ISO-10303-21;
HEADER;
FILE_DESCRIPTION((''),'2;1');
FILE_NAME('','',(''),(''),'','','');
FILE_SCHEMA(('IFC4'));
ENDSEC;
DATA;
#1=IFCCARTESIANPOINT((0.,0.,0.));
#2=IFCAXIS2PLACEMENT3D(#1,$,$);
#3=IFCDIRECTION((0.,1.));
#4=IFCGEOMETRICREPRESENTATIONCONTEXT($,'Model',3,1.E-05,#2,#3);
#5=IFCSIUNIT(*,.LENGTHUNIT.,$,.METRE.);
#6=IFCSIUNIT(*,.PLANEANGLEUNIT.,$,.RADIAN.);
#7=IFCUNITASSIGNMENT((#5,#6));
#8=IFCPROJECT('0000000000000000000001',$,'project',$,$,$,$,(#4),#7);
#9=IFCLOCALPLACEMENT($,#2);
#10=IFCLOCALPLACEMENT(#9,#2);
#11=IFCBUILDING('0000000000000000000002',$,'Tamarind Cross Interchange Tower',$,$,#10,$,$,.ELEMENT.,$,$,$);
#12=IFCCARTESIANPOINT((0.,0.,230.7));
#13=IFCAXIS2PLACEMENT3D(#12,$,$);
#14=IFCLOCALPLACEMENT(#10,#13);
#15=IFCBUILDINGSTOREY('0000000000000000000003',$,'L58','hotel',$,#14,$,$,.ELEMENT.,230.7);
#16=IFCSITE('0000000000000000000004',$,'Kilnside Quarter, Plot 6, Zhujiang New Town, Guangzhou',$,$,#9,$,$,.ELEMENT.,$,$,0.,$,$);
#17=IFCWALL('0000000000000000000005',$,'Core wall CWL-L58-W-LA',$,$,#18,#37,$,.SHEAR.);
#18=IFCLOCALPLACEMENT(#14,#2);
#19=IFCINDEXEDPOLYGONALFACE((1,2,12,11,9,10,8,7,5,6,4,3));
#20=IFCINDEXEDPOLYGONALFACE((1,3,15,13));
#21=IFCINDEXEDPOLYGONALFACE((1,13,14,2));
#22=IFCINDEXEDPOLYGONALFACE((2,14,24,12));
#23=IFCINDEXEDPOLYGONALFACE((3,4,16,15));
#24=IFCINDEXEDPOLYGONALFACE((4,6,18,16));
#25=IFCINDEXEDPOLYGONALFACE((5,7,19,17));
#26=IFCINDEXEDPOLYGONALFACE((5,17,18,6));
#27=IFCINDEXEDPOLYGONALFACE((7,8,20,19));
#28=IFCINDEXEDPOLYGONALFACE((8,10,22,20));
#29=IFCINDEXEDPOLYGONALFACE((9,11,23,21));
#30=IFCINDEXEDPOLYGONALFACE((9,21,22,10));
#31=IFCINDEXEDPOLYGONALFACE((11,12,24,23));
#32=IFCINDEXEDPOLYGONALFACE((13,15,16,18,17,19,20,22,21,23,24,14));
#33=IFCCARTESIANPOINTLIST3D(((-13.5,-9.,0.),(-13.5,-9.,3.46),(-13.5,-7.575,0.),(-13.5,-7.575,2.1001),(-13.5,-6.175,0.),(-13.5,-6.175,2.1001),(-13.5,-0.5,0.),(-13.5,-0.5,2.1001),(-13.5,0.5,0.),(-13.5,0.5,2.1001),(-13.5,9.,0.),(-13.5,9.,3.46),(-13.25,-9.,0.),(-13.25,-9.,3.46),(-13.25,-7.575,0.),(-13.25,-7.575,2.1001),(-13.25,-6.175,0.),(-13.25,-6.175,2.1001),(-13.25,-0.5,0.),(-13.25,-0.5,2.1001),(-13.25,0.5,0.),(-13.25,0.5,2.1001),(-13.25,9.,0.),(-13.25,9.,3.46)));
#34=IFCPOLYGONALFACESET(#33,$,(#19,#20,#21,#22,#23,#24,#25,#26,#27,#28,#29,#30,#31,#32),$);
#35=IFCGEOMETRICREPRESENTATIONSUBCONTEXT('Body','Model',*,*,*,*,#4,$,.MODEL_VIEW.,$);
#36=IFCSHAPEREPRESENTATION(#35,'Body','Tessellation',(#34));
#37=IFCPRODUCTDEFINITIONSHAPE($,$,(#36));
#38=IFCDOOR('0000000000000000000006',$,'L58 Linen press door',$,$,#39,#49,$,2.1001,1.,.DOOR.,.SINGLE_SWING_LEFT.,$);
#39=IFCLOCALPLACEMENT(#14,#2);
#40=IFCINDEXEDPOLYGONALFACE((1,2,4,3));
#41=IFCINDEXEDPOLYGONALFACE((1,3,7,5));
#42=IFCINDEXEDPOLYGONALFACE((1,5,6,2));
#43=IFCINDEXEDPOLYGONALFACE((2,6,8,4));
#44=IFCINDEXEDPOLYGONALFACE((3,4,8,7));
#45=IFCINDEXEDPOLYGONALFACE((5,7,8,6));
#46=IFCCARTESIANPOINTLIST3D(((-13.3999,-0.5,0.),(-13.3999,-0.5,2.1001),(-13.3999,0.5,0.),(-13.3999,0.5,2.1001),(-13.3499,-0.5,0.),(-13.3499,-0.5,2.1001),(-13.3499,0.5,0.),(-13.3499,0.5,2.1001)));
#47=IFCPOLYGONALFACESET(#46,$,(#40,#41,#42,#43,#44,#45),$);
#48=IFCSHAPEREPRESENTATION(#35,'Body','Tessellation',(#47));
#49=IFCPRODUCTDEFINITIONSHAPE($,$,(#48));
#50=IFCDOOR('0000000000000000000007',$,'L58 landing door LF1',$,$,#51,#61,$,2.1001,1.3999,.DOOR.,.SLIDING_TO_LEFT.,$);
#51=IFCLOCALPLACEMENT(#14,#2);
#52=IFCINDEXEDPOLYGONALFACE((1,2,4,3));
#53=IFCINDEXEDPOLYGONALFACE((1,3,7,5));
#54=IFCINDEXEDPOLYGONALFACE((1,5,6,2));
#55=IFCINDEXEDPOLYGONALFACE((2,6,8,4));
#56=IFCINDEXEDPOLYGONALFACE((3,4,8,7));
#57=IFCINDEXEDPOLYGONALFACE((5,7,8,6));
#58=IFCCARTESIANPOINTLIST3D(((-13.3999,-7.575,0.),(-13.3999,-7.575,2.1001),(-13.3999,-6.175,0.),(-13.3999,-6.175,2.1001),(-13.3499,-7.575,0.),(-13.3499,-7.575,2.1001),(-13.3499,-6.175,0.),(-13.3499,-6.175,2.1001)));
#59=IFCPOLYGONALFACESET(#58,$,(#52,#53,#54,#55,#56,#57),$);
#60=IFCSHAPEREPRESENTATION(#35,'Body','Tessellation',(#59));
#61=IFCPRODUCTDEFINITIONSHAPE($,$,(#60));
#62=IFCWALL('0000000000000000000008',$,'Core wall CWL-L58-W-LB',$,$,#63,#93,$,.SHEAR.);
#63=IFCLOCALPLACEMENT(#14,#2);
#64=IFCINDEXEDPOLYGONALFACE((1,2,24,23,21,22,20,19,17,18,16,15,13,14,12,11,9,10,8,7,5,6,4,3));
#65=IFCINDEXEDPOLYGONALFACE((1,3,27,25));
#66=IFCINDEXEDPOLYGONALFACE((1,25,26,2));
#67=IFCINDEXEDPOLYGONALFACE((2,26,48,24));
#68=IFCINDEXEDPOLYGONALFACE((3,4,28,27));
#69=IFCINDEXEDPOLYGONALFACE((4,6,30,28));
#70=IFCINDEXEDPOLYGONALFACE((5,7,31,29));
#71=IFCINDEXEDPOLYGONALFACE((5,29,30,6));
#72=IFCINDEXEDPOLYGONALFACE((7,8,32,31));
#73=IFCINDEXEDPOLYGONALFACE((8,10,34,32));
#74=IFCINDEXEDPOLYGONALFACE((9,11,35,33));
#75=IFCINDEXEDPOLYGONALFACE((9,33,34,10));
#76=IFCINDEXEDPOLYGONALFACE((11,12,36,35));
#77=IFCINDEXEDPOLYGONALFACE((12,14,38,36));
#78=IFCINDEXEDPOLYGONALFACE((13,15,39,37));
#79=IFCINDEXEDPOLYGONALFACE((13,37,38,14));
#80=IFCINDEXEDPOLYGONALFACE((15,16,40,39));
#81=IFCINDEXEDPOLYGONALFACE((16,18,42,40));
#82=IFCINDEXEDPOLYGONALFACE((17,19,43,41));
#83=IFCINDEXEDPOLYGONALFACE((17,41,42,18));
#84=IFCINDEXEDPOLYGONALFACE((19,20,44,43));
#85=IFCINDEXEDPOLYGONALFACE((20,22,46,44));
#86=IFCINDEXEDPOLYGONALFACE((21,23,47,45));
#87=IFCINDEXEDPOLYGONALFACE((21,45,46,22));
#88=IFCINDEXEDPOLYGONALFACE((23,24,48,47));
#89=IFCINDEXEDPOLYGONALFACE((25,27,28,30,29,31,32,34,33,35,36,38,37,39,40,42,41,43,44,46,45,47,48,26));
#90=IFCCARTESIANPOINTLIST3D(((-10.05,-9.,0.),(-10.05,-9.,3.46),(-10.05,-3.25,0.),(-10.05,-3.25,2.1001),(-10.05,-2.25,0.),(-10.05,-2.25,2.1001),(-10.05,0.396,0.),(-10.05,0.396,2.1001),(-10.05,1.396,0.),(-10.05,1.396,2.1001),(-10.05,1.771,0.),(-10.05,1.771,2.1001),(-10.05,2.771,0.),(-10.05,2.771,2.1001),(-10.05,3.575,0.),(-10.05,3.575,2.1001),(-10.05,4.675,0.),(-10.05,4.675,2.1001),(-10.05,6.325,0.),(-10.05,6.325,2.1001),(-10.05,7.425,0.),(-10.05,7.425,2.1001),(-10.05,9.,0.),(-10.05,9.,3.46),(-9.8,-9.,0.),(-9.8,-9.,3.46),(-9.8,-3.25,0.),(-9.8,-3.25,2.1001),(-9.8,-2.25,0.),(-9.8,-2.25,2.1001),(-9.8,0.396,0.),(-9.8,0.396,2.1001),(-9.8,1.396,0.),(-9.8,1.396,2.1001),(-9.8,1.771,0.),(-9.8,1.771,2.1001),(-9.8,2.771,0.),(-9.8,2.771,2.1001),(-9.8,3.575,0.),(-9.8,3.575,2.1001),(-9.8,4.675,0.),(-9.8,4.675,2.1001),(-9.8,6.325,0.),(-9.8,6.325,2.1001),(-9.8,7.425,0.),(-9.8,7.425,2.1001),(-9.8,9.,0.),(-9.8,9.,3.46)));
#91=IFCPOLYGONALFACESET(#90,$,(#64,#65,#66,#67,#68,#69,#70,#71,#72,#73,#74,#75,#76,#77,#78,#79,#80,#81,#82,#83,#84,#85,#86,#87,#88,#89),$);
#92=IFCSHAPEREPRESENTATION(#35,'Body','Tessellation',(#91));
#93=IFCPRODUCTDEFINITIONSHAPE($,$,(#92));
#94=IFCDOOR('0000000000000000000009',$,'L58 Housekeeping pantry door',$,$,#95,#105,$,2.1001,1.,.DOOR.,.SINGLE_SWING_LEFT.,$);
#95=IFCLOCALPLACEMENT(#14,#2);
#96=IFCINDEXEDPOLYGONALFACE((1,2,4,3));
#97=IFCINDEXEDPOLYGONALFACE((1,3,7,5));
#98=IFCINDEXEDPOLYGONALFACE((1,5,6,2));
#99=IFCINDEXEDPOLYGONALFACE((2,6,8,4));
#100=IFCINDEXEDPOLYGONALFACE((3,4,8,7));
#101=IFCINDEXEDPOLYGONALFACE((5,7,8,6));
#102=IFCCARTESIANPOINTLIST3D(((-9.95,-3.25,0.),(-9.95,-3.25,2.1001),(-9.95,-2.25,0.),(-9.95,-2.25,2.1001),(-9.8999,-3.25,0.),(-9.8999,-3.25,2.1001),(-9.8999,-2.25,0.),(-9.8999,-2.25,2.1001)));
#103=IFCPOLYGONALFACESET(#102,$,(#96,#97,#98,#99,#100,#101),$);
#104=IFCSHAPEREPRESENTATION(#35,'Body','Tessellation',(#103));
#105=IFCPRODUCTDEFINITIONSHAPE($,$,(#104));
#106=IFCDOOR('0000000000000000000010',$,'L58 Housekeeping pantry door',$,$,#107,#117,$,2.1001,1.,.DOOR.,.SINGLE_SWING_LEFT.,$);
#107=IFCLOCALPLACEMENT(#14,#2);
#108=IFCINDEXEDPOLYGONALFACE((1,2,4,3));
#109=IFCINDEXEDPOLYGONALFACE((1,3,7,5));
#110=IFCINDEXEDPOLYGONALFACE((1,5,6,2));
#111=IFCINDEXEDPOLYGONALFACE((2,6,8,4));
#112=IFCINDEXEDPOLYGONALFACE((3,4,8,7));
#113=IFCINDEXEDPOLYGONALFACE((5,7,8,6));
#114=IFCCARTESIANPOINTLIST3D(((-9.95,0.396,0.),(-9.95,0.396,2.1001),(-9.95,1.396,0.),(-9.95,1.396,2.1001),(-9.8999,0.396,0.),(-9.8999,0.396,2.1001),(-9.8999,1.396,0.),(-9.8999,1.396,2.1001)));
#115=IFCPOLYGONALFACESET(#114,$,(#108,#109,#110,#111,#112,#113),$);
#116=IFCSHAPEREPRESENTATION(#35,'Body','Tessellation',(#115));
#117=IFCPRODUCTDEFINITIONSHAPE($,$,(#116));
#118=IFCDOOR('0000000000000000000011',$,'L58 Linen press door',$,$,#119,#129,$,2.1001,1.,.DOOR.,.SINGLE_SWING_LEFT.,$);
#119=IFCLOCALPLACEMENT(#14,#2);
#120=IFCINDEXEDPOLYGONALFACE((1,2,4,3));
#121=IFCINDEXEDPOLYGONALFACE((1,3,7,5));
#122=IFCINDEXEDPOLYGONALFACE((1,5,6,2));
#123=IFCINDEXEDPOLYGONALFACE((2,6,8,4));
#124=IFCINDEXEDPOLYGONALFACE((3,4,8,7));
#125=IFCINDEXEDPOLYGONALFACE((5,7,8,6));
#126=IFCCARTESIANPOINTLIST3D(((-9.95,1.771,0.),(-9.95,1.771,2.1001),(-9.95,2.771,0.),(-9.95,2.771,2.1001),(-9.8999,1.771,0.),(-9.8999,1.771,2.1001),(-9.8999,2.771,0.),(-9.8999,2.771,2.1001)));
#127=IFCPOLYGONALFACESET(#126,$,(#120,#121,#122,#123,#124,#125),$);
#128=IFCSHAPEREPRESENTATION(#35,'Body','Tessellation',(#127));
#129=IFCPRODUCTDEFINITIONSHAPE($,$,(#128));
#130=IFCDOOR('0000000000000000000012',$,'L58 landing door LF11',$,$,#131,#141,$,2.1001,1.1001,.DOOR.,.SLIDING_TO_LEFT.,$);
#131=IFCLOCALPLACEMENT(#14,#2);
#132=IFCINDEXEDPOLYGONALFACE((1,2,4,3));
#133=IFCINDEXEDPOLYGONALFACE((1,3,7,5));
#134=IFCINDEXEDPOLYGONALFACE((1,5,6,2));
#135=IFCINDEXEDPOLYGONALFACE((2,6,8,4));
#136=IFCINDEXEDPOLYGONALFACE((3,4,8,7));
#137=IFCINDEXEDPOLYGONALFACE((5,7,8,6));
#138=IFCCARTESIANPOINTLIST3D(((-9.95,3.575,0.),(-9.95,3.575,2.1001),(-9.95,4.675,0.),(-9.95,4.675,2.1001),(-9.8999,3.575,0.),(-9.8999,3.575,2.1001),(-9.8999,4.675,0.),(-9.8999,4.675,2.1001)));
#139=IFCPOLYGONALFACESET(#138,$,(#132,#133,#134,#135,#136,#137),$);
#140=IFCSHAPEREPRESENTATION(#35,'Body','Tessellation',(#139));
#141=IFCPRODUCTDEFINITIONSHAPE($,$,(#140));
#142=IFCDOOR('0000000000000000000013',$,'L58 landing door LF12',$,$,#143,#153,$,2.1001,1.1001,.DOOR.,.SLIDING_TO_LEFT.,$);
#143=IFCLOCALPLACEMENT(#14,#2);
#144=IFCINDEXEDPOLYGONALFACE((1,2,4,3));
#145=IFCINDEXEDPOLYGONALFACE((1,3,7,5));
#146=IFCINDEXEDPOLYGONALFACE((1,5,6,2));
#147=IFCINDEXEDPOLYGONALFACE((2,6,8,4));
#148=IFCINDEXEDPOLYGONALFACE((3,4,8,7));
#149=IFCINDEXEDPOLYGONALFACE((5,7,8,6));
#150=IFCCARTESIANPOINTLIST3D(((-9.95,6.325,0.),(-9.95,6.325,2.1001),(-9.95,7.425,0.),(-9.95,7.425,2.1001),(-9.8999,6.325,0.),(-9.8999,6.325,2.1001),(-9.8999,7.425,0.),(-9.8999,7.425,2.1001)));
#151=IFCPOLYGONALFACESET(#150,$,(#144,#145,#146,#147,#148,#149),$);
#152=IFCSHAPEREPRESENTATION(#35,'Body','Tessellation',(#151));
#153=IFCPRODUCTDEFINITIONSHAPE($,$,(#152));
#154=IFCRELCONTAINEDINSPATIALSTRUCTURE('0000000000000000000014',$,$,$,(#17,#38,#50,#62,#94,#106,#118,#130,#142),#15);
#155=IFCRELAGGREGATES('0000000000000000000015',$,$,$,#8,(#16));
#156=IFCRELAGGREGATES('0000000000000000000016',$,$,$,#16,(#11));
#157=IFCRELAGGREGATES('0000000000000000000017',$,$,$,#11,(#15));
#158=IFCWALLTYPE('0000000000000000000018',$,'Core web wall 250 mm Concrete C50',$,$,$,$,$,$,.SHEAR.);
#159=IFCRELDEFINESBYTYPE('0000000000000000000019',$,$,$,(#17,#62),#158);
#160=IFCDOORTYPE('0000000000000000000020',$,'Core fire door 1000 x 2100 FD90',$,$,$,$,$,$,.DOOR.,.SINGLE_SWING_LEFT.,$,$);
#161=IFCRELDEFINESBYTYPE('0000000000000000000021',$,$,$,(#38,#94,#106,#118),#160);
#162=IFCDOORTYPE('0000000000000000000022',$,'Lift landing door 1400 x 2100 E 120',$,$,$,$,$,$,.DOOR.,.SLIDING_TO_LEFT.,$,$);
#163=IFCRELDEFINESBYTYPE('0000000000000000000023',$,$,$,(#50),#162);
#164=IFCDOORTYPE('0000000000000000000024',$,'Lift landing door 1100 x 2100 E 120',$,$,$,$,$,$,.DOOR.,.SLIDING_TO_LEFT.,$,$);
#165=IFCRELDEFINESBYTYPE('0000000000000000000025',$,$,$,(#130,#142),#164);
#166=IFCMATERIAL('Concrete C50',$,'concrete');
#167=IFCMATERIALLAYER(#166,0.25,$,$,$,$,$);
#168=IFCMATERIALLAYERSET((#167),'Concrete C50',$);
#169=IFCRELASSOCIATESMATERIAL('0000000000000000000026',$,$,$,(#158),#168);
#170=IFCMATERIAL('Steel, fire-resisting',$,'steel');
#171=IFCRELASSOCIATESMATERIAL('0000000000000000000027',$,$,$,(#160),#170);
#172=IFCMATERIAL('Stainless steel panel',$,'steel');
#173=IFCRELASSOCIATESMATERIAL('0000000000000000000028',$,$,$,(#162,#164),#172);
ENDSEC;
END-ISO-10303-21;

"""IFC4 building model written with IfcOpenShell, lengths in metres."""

from ifc_helpers import new_model, si_unit, direction, frame, frame_2d, origin, place, context, subcontext, project, spatial, rectangle, extrude, material, layer, layer_set, type_object, element, fill, save


model = new_model("IFC4")

# Units and contexts
model_context = context("Model", 3, precision=1e-05, world=origin(), true_north=direction((0.0, 1.0)))
body_context = subcontext(model_context, "Body", "Model", "MODEL_VIEW")
ifc_project = project(units=[si_unit("LENGTHUNIT", "METRE"), si_unit("PLANEANGLEUNIT", "RADIAN")], contexts=[model_context])

# Site, building, storey
site_placement = place(None, origin())
site = spatial("IfcSite", under=ifc_project, at=site_placement, Name="Kilnside Quarter, Plot 6, Zhujiang New Town, Guangzhou", CompositionType="ELEMENT", RefElevation=0.0)
building_placement = place(site_placement, origin())
building = spatial("IfcBuilding", under=site, at=building_placement, Name="Tamarind Cross Interchange Tower", CompositionType="ELEMENT")
storey_placement = place(building_placement, frame((0.0, 0.0, 230.7)))
storey = spatial("IfcBuildingStorey", under=building, at=storey_placement, Name="L58", Description="hotel", CompositionType="ELEMENT", Elevation=230.7)

# Shared definitions
ifc_material_1 = material(Name="Concrete C50", Category="concrete")

# Shared definitions
ifc_material_2 = material(Name="Steel, fire-resisting", Category="steel")

# Shared definitions
ifc_layer_1 = layer(ifc_material_1, 0.25)
ifc_layer_set_1 = layer_set([ifc_layer_1], Name="Concrete C50")
wall_type_1 = type_object("IfcWallType", Name="Core web wall 250 mm Concrete C50", PredefinedType="SHEAR", material=ifc_layer_set_1)

# Walls, openings, doors
wall_1_placement = place(storey_placement, frame((-13.375, -9.0, 0.0), z_axis=(0.0, 0.0, 1.0), x_axis=(0.0, 1.0, 0.0)))
wall_1 = element("IfcWall", 1, at=wall_1_placement, inside=storey, type_object=wall_type_1, Name="Core wall CWL-L58-W-LA", PredefinedType="SHEAR", context=body_context, shape_type="SweptSolid", body=[
    extrude(rectangle(XDim=18.0, YDim=0.25, at=frame_2d((9.0, 0.0))), origin(), (0.0, 0.0, 1.0), 3.46),
])
opening_1_placement = place(wall_1_placement, frame((1.425, 0.0, 0.0)))
opening_1 = element("IfcOpeningElement", 2, at=opening_1_placement, cuts=wall_1, PredefinedType="OPENING", context=body_context, shape_type="SweptSolid", body=[
    extrude(rectangle(XDim=1.3999, YDim=2.1001, at=frame_2d((0.7, 1.05))), frame((0.0, 0.135, 0.0), z_axis=(0.0, -1.0, 0.0), x_axis=(1.0, 0.0, 0.0)), (0.0, 0.0, 1.0), 0.27),
])
opening_2_placement = place(wall_1_placement, frame((8.5, 0.0, 0.0)))
opening_2 = element("IfcOpeningElement", 3, at=opening_2_placement, cuts=wall_1, PredefinedType="OPENING", context=body_context, shape_type="SweptSolid", body=[
    extrude(rectangle(XDim=1.0, YDim=2.1001, at=frame_2d((0.5, 1.05))), frame((0.0, 0.135, 0.0), z_axis=(0.0, -1.0, 0.0), x_axis=(1.0, 0.0, 0.0)), (0.0, 0.0, 1.0), 0.27),
])
door_type_1 = type_object("IfcDoorType", Name="Core fire door 1000 x 2100 FD90", OperationType="SINGLE_SWING_LEFT", PredefinedType="DOOR", material=ifc_material_2)
door_1_placement = place(opening_2_placement, origin())
door_1 = element("IfcDoor", 4, at=door_1_placement, inside=storey, type_object=door_type_1, Name="L58 Linen press door", OperationType="SINGLE_SWING_LEFT", OverallHeight=2.1001, OverallWidth=1.0, PredefinedType="DOOR", context=body_context, shape_type="SweptSolid", body=[
    extrude(rectangle(XDim=1.0, YDim=2.1001, at=frame_2d((0.5, 1.05))), frame((0.0, 0.0249, 0.0), z_axis=(0.0, -1.0, 0.0), x_axis=(1.0, 0.0, 0.0)), (0.0, 0.0, 1.0), 0.05),
])
fill(opening_2, door_1)
ifc_material_3 = material(Name="Stainless steel panel", Category="steel")
door_type_2 = type_object("IfcDoorType", Name="Lift landing door 1400 x 2100 E 120", OperationType="SLIDING_TO_LEFT", PredefinedType="DOOR", material=ifc_material_3)
door_2_placement = place(opening_1_placement, origin())
door_2 = element("IfcDoor", 5, at=door_2_placement, inside=storey, type_object=door_type_2, Name="L58 landing door LF1", OperationType="SLIDING_TO_LEFT", OverallHeight=2.1001, OverallWidth=1.3999, PredefinedType="DOOR", context=body_context, shape_type="SweptSolid", body=[
    extrude(rectangle(XDim=1.3999, YDim=2.1001, at=frame_2d((0.7, 1.05))), frame((0.0, 0.0249, 0.0), z_axis=(0.0, -1.0, 0.0), x_axis=(1.0, 0.0, 0.0)), (0.0, 0.0, 1.0), 0.05),
])
fill(opening_1, door_2)
wall_2_placement = place(storey_placement, frame((-9.925, -9.0, 0.0), z_axis=(0.0, 0.0, 1.0), x_axis=(0.0, 1.0, 0.0)))
wall_2 = element("IfcWall", 6, at=wall_2_placement, inside=storey, type_object=wall_type_1, Name="Core wall CWL-L58-W-LB", PredefinedType="SHEAR", context=body_context, shape_type="SweptSolid", body=[
    extrude(rectangle(XDim=18.0, YDim=0.25, at=frame_2d((9.0, 0.0))), origin(), (0.0, 0.0, 1.0), 3.46),
])
opening_3_placement = place(wall_2_placement, frame((12.575, 0.0, 0.0)))
opening_3 = element("IfcOpeningElement", 7, at=opening_3_placement, cuts=wall_2, PredefinedType="OPENING", context=body_context, shape_type="SweptSolid", body=[
    extrude(rectangle(XDim=1.1001, YDim=2.1001, at=frame_2d((0.55, 1.05))), frame((0.0, 0.135, 0.0), z_axis=(0.0, -1.0, 0.0), x_axis=(1.0, 0.0, 0.0)), (0.0, 0.0, 1.0), 0.27),
])
opening_4_placement = place(wall_2_placement, frame((15.325, 0.0, 0.0)))
opening_4 = element("IfcOpeningElement", 8, at=opening_4_placement, cuts=wall_2, PredefinedType="OPENING", context=body_context, shape_type="SweptSolid", body=[
    extrude(rectangle(XDim=1.1001, YDim=2.1001, at=frame_2d((0.55, 1.05))), frame((0.0, 0.135, 0.0), z_axis=(0.0, -1.0, 0.0), x_axis=(1.0, 0.0, 0.0)), (0.0, 0.0, 1.0), 0.27),
])
opening_5_placement = place(wall_2_placement, frame((5.75, 0.0, 0.0)))
opening_5 = element("IfcOpeningElement", 9, at=opening_5_placement, cuts=wall_2, PredefinedType="OPENING", context=body_context, shape_type="SweptSolid", body=[
    extrude(rectangle(XDim=1.0, YDim=2.1001, at=frame_2d((0.5, 1.05))), frame((0.0, 0.135, 0.0), z_axis=(0.0, -1.0, 0.0), x_axis=(1.0, 0.0, 0.0)), (0.0, 0.0, 1.0), 0.27),
])
opening_6_placement = place(wall_2_placement, frame((9.396, 0.0, 0.0)))
opening_6 = element("IfcOpeningElement", 10, at=opening_6_placement, cuts=wall_2, PredefinedType="OPENING", context=body_context, shape_type="SweptSolid", body=[
    extrude(rectangle(XDim=1.0, YDim=2.1001, at=frame_2d((0.5, 1.05))), frame((0.0, 0.135, 0.0), z_axis=(0.0, -1.0, 0.0), x_axis=(1.0, 0.0, 0.0)), (0.0, 0.0, 1.0), 0.27),
])
opening_7_placement = place(wall_2_placement, frame((10.771, 0.0, 0.0)))
opening_7 = element("IfcOpeningElement", 11, at=opening_7_placement, cuts=wall_2, PredefinedType="OPENING", context=body_context, shape_type="SweptSolid", body=[
    extrude(rectangle(XDim=1.0, YDim=2.1001, at=frame_2d((0.5, 1.05))), frame((0.0, 0.135, 0.0), z_axis=(0.0, -1.0, 0.0), x_axis=(1.0, 0.0, 0.0)), (0.0, 0.0, 1.0), 0.27),
])
door_3_placement = place(opening_5_placement, origin())
door_3 = element("IfcDoor", 12, at=door_3_placement, inside=storey, type_object=door_type_1, Name="L58 Housekeeping pantry door", OperationType="SINGLE_SWING_LEFT", OverallHeight=2.1001, OverallWidth=1.0, PredefinedType="DOOR", context=body_context, shape_type="SweptSolid", body=[
    extrude(rectangle(XDim=1.0, YDim=2.1001, at=frame_2d((0.5, 1.05))), frame((0.0, 0.0249, 0.0), z_axis=(0.0, -1.0, 0.0), x_axis=(1.0, 0.0, 0.0)), (0.0, 0.0, 1.0), 0.05),
])
fill(opening_5, door_3)
door_4_placement = place(opening_6_placement, origin())
door_4 = element("IfcDoor", 13, at=door_4_placement, inside=storey, type_object=door_type_1, Name="L58 Housekeeping pantry door", OperationType="SINGLE_SWING_LEFT", OverallHeight=2.1001, OverallWidth=1.0, PredefinedType="DOOR", context=body_context, shape_type="SweptSolid", body=[
    extrude(rectangle(XDim=1.0, YDim=2.1001, at=frame_2d((0.5, 1.05))), frame((0.0, 0.0249, 0.0), z_axis=(0.0, -1.0, 0.0), x_axis=(1.0, 0.0, 0.0)), (0.0, 0.0, 1.0), 0.05),
])
fill(opening_6, door_4)
door_5_placement = place(opening_7_placement, origin())
door_5 = element("IfcDoor", 14, at=door_5_placement, inside=storey, type_object=door_type_1, Name="L58 Linen press door", OperationType="SINGLE_SWING_LEFT", OverallHeight=2.1001, OverallWidth=1.0, PredefinedType="DOOR", context=body_context, shape_type="SweptSolid", body=[
    extrude(rectangle(XDim=1.0, YDim=2.1001, at=frame_2d((0.5, 1.05))), frame((0.0, 0.0249, 0.0), z_axis=(0.0, -1.0, 0.0), x_axis=(1.0, 0.0, 0.0)), (0.0, 0.0, 1.0), 0.05),
])
fill(opening_7, door_5)
door_type_3 = type_object("IfcDoorType", Name="Lift landing door 1100 x 2100 E 120", OperationType="SLIDING_TO_LEFT", PredefinedType="DOOR", material=ifc_material_3)
door_6_placement = place(opening_3_placement, origin())
door_6 = element("IfcDoor", 15, at=door_6_placement, inside=storey, type_object=door_type_3, Name="L58 landing door LF11", OperationType="SLIDING_TO_LEFT", OverallHeight=2.1001, OverallWidth=1.1001, PredefinedType="DOOR", context=body_context, shape_type="SweptSolid", body=[
    extrude(rectangle(XDim=1.1001, YDim=2.1001, at=frame_2d((0.55, 1.05))), frame((0.0, 0.0249, 0.0), z_axis=(0.0, -1.0, 0.0), x_axis=(1.0, 0.0, 0.0)), (0.0, 0.0, 1.0), 0.05),
])
fill(opening_3, door_6)
door_7_placement = place(opening_4_placement, origin())
door_7 = element("IfcDoor", 16, at=door_7_placement, inside=storey, type_object=door_type_3, Name="L58 landing door LF12", OperationType="SLIDING_TO_LEFT", OverallHeight=2.1001, OverallWidth=1.1001, PredefinedType="DOOR", context=body_context, shape_type="SweptSolid", body=[
    extrude(rectangle(XDim=1.1001, YDim=2.1001, at=frame_2d((0.55, 1.05))), frame((0.0, 0.0249, 0.0), z_axis=(0.0, -1.0, 0.0), x_axis=(1.0, 0.0, 0.0)), (0.0, 0.0, 1.0), 0.05),
])
fill(opening_4, door_7)

save(model, "model.ifc")
